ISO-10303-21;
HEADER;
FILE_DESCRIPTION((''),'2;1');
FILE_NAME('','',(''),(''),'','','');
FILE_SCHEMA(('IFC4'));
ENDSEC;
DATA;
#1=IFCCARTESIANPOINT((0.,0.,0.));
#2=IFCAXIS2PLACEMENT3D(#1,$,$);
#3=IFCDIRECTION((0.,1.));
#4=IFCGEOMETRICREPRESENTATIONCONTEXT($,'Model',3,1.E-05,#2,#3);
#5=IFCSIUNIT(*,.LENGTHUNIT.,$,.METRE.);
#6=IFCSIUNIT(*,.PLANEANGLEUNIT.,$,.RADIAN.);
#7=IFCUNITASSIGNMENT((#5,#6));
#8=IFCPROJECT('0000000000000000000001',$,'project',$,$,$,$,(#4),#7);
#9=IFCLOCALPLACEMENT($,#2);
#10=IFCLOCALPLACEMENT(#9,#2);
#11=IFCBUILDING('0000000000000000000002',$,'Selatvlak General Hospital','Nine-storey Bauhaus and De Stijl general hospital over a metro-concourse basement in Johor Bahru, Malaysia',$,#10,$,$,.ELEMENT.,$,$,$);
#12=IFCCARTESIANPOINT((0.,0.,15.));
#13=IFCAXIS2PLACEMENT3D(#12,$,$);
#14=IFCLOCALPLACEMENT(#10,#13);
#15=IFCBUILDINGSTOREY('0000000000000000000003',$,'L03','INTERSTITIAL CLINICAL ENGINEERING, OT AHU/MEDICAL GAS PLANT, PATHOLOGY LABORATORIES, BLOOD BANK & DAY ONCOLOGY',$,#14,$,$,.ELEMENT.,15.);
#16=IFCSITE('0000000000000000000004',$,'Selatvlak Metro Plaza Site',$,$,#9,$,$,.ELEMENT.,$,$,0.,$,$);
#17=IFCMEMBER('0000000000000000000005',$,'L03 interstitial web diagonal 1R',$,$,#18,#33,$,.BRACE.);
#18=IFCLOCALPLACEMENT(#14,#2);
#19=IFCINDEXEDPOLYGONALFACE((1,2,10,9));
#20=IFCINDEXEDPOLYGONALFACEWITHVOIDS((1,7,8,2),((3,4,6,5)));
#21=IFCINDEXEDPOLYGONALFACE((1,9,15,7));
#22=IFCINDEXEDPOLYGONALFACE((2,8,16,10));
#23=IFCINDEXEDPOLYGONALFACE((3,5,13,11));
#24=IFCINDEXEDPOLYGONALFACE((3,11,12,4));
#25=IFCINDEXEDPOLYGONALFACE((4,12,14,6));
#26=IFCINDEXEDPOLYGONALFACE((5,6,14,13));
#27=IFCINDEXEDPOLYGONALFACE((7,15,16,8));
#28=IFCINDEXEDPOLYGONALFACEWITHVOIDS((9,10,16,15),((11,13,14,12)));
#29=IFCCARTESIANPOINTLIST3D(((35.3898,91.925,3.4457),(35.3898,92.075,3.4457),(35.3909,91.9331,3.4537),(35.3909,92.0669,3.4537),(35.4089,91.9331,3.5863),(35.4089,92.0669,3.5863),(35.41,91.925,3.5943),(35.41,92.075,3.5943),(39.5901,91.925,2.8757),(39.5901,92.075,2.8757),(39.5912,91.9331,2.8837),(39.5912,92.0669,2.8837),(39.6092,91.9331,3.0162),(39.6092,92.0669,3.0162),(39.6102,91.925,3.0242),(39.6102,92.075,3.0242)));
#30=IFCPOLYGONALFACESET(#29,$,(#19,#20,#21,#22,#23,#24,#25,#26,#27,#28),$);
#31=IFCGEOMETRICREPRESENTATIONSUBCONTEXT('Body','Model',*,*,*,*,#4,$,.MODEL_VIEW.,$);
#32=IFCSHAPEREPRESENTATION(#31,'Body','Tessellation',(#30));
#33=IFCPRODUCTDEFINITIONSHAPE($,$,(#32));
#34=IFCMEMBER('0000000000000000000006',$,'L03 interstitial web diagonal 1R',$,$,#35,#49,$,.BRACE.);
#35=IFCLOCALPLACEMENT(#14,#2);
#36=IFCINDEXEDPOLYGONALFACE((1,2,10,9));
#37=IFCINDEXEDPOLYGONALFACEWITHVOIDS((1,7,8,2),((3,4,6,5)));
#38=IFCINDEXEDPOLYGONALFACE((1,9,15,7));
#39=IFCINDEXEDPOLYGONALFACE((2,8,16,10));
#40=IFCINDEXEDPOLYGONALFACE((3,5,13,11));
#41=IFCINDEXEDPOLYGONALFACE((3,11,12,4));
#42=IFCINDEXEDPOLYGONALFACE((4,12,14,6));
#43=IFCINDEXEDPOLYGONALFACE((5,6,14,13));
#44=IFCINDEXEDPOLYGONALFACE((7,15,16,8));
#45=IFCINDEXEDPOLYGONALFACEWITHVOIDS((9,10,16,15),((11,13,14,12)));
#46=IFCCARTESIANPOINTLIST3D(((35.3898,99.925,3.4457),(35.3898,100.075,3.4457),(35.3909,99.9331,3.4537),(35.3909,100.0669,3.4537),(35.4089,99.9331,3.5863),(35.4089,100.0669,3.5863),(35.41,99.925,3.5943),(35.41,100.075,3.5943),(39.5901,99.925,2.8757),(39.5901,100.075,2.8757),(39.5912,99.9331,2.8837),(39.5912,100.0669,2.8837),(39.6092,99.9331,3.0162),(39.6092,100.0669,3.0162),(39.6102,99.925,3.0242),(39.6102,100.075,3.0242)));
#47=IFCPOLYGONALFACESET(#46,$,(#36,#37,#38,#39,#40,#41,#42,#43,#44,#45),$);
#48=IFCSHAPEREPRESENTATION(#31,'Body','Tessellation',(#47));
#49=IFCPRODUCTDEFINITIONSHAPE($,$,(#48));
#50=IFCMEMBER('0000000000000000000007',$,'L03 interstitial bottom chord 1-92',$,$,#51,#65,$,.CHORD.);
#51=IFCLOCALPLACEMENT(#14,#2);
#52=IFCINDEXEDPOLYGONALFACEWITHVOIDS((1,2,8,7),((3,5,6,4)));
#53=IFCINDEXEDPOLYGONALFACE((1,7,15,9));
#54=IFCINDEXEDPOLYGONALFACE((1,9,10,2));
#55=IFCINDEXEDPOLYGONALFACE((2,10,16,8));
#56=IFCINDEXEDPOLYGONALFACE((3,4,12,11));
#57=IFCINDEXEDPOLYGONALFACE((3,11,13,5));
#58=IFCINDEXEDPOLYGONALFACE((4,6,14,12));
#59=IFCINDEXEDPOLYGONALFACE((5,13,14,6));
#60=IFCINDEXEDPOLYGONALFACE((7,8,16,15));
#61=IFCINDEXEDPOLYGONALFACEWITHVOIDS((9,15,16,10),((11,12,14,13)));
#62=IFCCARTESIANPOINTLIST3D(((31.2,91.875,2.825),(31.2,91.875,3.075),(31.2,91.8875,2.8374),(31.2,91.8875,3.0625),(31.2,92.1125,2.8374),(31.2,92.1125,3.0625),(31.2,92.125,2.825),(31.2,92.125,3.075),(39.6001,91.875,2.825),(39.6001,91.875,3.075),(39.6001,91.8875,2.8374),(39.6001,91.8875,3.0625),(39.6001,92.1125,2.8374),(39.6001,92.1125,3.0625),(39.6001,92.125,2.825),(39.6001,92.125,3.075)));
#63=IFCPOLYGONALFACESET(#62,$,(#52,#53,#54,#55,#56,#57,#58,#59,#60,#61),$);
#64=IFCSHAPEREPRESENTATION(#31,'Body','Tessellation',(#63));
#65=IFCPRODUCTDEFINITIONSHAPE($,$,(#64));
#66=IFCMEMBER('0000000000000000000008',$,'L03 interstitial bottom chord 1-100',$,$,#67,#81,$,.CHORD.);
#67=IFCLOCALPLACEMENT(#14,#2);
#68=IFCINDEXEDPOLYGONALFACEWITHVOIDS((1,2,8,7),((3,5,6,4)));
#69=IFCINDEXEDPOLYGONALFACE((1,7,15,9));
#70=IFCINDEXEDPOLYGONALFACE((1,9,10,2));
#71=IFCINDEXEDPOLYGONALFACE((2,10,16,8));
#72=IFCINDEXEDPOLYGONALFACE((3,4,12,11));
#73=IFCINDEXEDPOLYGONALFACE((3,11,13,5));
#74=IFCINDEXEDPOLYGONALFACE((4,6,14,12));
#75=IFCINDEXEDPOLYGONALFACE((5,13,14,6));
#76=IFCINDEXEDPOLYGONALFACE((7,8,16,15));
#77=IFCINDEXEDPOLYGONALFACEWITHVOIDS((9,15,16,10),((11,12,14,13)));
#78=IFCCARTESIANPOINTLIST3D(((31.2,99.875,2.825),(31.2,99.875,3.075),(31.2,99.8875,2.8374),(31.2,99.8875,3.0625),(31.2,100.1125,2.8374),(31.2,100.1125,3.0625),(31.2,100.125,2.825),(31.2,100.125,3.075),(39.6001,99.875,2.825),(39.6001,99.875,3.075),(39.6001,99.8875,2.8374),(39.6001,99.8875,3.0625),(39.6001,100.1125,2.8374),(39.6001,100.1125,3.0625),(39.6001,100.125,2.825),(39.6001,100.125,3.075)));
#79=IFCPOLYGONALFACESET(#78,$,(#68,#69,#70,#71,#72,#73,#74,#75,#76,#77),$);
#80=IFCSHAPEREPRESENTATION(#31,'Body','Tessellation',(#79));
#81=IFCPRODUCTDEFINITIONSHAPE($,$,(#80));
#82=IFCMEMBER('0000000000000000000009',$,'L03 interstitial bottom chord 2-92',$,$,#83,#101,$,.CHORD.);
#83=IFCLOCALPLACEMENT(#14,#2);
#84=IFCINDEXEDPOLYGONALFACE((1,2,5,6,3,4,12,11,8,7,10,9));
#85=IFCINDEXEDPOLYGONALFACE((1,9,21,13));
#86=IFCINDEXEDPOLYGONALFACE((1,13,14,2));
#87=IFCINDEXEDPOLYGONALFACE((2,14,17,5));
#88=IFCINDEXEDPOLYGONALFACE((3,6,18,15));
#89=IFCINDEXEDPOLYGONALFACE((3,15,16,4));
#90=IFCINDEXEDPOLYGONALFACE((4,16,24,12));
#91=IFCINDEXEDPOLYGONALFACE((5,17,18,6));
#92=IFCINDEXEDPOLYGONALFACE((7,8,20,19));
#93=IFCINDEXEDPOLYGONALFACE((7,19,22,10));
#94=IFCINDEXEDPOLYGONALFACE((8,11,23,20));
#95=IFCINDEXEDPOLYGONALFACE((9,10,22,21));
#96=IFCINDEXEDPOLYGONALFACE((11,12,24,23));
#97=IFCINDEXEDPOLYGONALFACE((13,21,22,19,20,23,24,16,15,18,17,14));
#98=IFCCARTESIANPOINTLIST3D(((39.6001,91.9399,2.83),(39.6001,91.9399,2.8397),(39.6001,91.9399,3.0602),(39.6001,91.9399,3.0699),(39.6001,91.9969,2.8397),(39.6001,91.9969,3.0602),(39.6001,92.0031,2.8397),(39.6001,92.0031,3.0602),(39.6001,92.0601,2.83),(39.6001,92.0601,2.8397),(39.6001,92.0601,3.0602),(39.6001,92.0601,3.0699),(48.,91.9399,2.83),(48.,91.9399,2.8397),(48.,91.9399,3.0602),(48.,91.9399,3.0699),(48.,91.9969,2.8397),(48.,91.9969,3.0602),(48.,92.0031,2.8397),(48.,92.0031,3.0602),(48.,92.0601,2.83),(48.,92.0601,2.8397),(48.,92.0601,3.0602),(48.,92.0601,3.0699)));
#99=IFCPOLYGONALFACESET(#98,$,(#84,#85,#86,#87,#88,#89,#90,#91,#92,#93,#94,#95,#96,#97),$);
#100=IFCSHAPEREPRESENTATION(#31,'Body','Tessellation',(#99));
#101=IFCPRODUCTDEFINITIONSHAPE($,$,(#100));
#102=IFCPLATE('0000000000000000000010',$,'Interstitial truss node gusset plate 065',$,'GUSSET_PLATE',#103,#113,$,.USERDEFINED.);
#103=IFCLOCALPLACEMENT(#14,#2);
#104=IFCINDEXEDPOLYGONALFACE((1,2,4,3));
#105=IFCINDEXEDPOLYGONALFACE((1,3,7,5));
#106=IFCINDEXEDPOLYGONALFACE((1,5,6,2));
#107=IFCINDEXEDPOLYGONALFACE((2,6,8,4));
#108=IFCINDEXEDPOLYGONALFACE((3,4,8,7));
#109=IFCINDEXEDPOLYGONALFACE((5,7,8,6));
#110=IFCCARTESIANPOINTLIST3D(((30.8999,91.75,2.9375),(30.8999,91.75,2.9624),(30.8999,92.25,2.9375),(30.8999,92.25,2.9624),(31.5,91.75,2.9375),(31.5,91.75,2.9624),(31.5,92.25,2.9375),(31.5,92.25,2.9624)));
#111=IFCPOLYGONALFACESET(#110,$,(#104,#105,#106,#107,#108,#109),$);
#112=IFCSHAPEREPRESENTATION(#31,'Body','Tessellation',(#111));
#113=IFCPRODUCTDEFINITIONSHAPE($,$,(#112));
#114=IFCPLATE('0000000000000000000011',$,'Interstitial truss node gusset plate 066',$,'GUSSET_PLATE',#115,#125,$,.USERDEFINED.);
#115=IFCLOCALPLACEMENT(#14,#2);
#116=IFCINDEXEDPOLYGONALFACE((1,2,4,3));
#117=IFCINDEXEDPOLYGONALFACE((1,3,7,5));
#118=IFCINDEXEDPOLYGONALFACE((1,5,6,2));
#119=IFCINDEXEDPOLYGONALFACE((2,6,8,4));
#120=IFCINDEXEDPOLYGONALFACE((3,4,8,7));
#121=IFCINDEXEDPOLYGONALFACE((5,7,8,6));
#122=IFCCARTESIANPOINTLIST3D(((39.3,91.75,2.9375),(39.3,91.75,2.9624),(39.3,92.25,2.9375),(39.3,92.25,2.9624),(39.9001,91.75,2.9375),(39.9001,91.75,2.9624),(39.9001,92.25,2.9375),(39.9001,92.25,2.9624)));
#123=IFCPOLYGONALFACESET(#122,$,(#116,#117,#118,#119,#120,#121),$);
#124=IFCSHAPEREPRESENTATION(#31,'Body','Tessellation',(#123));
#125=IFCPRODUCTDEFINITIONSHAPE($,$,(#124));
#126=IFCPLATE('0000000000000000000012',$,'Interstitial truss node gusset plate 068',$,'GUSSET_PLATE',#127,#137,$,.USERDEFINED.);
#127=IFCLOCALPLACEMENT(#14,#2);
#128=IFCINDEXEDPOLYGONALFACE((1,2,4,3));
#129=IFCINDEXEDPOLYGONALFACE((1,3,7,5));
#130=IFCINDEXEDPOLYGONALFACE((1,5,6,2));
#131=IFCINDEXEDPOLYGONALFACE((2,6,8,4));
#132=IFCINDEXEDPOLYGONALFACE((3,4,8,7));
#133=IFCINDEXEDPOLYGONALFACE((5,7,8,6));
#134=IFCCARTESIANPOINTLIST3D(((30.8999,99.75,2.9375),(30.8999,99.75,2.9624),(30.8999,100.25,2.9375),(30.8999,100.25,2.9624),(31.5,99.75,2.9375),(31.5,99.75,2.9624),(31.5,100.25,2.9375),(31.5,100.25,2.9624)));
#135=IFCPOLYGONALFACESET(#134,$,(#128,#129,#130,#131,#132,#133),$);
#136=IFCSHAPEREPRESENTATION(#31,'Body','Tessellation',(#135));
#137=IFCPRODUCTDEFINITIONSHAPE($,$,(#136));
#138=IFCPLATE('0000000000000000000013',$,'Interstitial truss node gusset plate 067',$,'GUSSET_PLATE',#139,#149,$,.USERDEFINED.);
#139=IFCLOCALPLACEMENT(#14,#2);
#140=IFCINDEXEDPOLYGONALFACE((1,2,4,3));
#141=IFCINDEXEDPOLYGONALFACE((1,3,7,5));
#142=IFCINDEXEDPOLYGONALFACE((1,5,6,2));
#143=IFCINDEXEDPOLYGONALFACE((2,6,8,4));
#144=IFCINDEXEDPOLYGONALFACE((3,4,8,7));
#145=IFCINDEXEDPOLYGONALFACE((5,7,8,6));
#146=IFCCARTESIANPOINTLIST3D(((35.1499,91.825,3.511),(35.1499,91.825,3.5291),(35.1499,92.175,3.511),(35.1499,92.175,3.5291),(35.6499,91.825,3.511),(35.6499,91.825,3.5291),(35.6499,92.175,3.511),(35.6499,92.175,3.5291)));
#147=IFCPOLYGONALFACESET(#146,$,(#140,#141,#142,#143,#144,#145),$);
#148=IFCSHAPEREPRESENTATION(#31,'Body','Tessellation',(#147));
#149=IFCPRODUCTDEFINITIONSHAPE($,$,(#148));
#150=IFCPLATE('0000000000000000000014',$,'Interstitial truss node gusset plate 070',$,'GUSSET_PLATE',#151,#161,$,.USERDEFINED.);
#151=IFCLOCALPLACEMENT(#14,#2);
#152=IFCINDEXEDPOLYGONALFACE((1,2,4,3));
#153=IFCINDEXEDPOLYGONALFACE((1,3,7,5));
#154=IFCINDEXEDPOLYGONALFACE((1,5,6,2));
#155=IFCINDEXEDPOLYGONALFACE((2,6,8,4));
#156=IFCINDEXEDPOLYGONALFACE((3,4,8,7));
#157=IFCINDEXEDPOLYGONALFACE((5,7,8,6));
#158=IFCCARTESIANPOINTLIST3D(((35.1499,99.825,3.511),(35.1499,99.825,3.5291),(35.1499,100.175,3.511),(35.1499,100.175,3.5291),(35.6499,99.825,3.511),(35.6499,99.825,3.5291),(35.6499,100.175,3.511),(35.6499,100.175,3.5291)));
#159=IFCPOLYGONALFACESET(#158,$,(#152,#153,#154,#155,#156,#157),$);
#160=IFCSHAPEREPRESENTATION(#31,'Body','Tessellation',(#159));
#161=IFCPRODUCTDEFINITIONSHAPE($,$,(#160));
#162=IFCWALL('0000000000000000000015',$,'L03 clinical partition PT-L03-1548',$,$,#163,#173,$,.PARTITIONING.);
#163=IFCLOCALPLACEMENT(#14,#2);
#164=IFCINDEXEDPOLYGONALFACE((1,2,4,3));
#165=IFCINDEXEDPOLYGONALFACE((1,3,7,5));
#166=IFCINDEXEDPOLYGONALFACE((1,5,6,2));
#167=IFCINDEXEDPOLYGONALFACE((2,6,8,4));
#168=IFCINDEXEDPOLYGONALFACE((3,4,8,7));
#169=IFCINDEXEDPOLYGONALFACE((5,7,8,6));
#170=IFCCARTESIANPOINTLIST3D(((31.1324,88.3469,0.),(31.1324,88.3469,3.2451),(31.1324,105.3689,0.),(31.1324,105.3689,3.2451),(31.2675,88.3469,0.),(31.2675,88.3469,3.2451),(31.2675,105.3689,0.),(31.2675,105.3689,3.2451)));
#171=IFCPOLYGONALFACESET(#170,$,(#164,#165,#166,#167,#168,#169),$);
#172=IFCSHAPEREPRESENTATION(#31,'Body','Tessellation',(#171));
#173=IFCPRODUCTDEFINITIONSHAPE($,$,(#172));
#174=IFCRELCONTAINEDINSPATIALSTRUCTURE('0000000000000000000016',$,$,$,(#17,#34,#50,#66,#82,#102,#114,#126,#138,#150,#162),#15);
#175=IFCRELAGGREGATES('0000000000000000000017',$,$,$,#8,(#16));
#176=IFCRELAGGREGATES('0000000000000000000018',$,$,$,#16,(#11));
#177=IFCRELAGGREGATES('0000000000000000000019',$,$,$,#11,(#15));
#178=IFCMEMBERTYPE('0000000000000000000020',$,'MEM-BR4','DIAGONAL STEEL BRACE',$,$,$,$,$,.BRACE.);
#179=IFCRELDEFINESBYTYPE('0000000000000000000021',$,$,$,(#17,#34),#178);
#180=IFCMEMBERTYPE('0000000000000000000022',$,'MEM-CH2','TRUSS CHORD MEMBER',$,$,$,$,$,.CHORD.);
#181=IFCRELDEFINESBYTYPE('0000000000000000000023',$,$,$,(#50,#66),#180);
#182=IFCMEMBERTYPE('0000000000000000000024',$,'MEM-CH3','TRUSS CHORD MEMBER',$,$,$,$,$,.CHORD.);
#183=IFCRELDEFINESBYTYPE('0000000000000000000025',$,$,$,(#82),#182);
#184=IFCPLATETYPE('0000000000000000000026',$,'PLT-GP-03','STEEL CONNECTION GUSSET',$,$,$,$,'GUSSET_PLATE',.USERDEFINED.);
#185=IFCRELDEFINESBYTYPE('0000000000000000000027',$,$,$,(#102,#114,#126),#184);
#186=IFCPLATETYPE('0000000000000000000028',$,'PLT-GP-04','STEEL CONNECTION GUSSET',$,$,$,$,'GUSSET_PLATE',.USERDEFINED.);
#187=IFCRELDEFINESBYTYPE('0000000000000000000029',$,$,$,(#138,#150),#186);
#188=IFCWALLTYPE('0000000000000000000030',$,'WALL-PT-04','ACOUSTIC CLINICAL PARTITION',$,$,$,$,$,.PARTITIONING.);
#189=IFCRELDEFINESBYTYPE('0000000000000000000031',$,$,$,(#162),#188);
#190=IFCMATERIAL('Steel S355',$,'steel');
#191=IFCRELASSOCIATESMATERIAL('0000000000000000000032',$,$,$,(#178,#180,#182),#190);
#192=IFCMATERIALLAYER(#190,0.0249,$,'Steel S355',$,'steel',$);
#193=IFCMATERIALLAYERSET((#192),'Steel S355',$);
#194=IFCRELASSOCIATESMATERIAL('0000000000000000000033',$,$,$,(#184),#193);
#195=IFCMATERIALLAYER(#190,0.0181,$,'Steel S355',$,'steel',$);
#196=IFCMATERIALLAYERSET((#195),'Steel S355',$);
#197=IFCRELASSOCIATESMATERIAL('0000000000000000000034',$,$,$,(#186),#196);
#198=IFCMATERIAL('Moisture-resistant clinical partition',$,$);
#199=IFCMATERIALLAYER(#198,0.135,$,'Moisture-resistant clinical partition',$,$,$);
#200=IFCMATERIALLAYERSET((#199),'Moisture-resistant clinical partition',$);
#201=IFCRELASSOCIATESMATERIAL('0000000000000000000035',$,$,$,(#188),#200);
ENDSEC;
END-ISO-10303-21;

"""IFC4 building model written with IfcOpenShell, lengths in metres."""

from ifc_helpers import new_model, si_unit, direction, frame, frame_2d, origin, origin_2d, place, context, subcontext, project, spatial, rectangle, hollow_rectangle, i_section, extrude, material, layer, layer_set, material_profile, profile_set, type_object, element, save


model = new_model("IFC4")

# Units and contexts
model_context = context("Model", 3, precision=1e-05, world=origin(), true_north=direction((0.0, 1.0)))
body_context = subcontext(model_context, "Body", "Model", "MODEL_VIEW")
ifc_project = project(units=[si_unit("LENGTHUNIT", "METRE"), si_unit("PLANEANGLEUNIT", "RADIAN")], contexts=[model_context])

# Site, building, storey
site_placement = place(None, origin())
site = spatial("IfcSite", under=ifc_project, at=site_placement, Name="Selatvlak Metro Plaza Site", CompositionType="ELEMENT", RefElevation=0.0)
building_placement = place(site_placement, origin())
building = spatial("IfcBuilding", under=site, at=building_placement, Name="Selatvlak General Hospital", Description="Nine-storey Bauhaus and De Stijl general hospital over a metro-concourse basement in Johor Bahru, Malaysia", CompositionType="ELEMENT")
storey_placement = place(building_placement, frame((0.0, 0.0, 15.0)))
storey = spatial("IfcBuildingStorey", under=building, at=storey_placement, Name="L03", Description="INTERSTITIAL CLINICAL ENGINEERING, OT AHU/MEDICAL GAS PLANT, PATHOLOGY LABORATORIES, BLOOD BANK & DAY ONCOLOGY", CompositionType="ELEMENT", Elevation=15.0)

# Members
ifc_material_1 = material(Name="Steel S355", Category="steel")
ifc_material_profile_1 = material_profile(ifc_material_1, hollow_rectangle(XDim=0.1499, YDim=0.1499, WallThickness=0.0081, at=origin_2d()), Name="SHS 150x150x8")
ifc_profile_set_1 = profile_set([ifc_material_profile_1], Name="Steel S355")
member_type_1 = type_object("IfcMemberType", Name="MEM-BR4", Description="DIAGONAL STEEL BRACE", PredefinedType="BRACE", material=ifc_profile_set_1)
for number, where, z_axis, x_axis, name in (
    (1, (35.3999, 92.0, 3.52), (0.990915, 0.0, -0.134491), (0.0, 1.0, 0.0), "L03 interstitial web diagonal 1R"),
    (2, (35.3999, 100.0, 3.52), (0.990915, 0.0, -0.134491), (0.0, 1.0, 0.0), "L03 interstitial web diagonal 1R"),
):
    element("IfcMember", number, at=place(storey_placement, frame(where, z_axis=z_axis, x_axis=x_axis)), inside=storey, type_object=member_type_1, Name=name, PredefinedType="BRACE", context=body_context, shape_type="SweptSolid", body=[
        extrude(hollow_rectangle(XDim=0.1499, YDim=0.1499, WallThickness=0.0081, at=origin_2d()), origin(), (0.0, 0.0, 1.0), 4.2388),
    ])
ifc_material_profile_2 = material_profile(ifc_material_1, hollow_rectangle(XDim=0.25, YDim=0.25, WallThickness=0.0125, at=origin_2d()), Name="SHS 250x250x12.5")
ifc_profile_set_2 = profile_set([ifc_material_profile_2], Name="Steel S355")
member_type_2 = type_object("IfcMemberType", Name="MEM-CH2", Description="TRUSS CHORD MEMBER", PredefinedType="CHORD", material=ifc_profile_set_2)
for number, where, z_axis, x_axis, name in (
    (3, (31.2, 92.0, 2.95), (1.0, 0.0, 0.0), (0.0, 1.0, 0.0), "L03 interstitial bottom chord 1-92"),
    (4, (31.2, 100.0, 2.95), (1.0, 0.0, 0.0), (0.0, 1.0, 0.0), "L03 interstitial bottom chord 1-100"),
):
    element("IfcMember", number, at=place(storey_placement, frame(where, z_axis=z_axis, x_axis=x_axis)), inside=storey, type_object=member_type_2, Name=name, PredefinedType="CHORD", context=body_context, shape_type="SweptSolid", body=[
        extrude(hollow_rectangle(XDim=0.25, YDim=0.25, WallThickness=0.0125, at=origin_2d()), origin(), (0.0, 0.0, 1.0), 8.4001),
    ])
ifc_material_profile_3 = material_profile(ifc_material_1, i_section(OverallWidth=0.1201, OverallDepth=0.24, WebThickness=0.0061, FlangeThickness=0.0098, at=origin_2d()), Name="IPE 240")
ifc_profile_set_3 = profile_set([ifc_material_profile_3], Name="Steel S355")
member_type_3 = type_object("IfcMemberType", Name="MEM-CH3", Description="TRUSS CHORD MEMBER", PredefinedType="CHORD", material=ifc_profile_set_3)
member_placement = place(storey_placement, frame((39.6001, 92.0, 2.95), z_axis=(1.0, 0.0, 0.0), x_axis=(0.0, 1.0, 0.0)))
element("IfcMember", 5, at=member_placement, inside=storey, type_object=member_type_3, Name="L03 interstitial bottom chord 2-92", PredefinedType="CHORD", context=body_context, shape_type="SweptSolid", body=[
    extrude(i_section(OverallWidth=0.1201, OverallDepth=0.24, WebThickness=0.0061, FlangeThickness=0.0098, at=origin_2d()), origin(), (0.0, 0.0, 1.0), 8.3999),
])

# Plates
ifc_layer_1 = layer(ifc_material_1, 0.0249, Name="Steel S355", Category="steel")
ifc_layer_set_1 = layer_set([ifc_layer_1], Name="Steel S355")
plate_type_1 = type_object("IfcPlateType", Name="PLT-GP-03", Description="STEEL CONNECTION GUSSET", ElementType="GUSSET_PLATE", PredefinedType="USERDEFINED", material=ifc_layer_set_1)
for number, where, z_axis, x_axis, name in (
    (6, (31.2, 92.0, 2.9375), (0.0, 0.0, 1.0), (1.0, 0.0, 0.0), "Interstitial truss node gusset plate 065"),
    (7, (39.6001, 92.0, 2.9375), (0.0, 0.0, 1.0), (1.0, 0.0, 0.0), "Interstitial truss node gusset plate 066"),
    (8, (31.2, 100.0, 2.9375), (0.0, 0.0, 1.0), (1.0, 0.0, 0.0), "Interstitial truss node gusset plate 068"),
):
    element("IfcPlate", number, at=place(storey_placement, frame(where, z_axis=z_axis, x_axis=x_axis)), inside=storey, type_object=plate_type_1, Name=name, ObjectType="GUSSET_PLATE", PredefinedType="USERDEFINED", context=body_context, shape_type="SweptSolid", body=[
        extrude(rectangle(XDim=0.6001, YDim=0.5, at=origin_2d()), origin(), (0.0, 0.0, 1.0), 0.0249),
    ])
ifc_layer_2 = layer(ifc_material_1, 0.0181, Name="Steel S355", Category="steel")
ifc_layer_set_2 = layer_set([ifc_layer_2], Name="Steel S355")
plate_type_2 = type_object("IfcPlateType", Name="PLT-GP-04", Description="STEEL CONNECTION GUSSET", ElementType="GUSSET_PLATE", PredefinedType="USERDEFINED", material=ifc_layer_set_2)
for number, where, z_axis, x_axis, name in (
    (9, (35.3999, 92.0, 3.511), (0.0, 0.0, 1.0), (1.0, 0.0, 0.0), "Interstitial truss node gusset plate 067"),
    (10, (35.3999, 100.0, 3.511), (0.0, 0.0, 1.0), (1.0, 0.0, 0.0), "Interstitial truss node gusset plate 070"),
):
    element("IfcPlate", number, at=place(storey_placement, frame(where, z_axis=z_axis, x_axis=x_axis)), inside=storey, type_object=plate_type_2, Name=name, ObjectType="GUSSET_PLATE", PredefinedType="USERDEFINED", context=body_context, shape_type="SweptSolid", body=[
        extrude(rectangle(XDim=0.5, YDim=0.3501, at=origin_2d()), origin(), (0.0, 0.0, 1.0), 0.0181),
    ])

# Wall
ifc_material_2 = material(Name="Moisture-resistant clinical partition")
ifc_layer_3 = layer(ifc_material_2, 0.135, Name="Moisture-resistant clinical partition")
ifc_layer_set_3 = layer_set([ifc_layer_3], Name="Moisture-resistant clinical partition")
wall_type_1 = type_object("IfcWallType", Name="WALL-PT-04", Description="ACOUSTIC CLINICAL PARTITION", PredefinedType="PARTITIONING", material=ifc_layer_set_3)
wall_1_placement = place(storey_placement, frame((31.2, 105.3689, 0.0), z_axis=(0.0, 0.0, 1.0), x_axis=(0.0, -1.0, 0.0)))
element("IfcWall", 11, at=wall_1_placement, inside=storey, type_object=wall_type_1, Name="L03 clinical partition PT-L03-1548", PredefinedType="PARTITIONING", context=body_context, shape_type="SweptSolid", body=[
    extrude(rectangle(XDim=17.022, YDim=0.135, at=frame_2d((8.511, 0.0))), origin(), (0.0, 0.0, 1.0), 3.2451),
])

save(model, "model.ifc")
